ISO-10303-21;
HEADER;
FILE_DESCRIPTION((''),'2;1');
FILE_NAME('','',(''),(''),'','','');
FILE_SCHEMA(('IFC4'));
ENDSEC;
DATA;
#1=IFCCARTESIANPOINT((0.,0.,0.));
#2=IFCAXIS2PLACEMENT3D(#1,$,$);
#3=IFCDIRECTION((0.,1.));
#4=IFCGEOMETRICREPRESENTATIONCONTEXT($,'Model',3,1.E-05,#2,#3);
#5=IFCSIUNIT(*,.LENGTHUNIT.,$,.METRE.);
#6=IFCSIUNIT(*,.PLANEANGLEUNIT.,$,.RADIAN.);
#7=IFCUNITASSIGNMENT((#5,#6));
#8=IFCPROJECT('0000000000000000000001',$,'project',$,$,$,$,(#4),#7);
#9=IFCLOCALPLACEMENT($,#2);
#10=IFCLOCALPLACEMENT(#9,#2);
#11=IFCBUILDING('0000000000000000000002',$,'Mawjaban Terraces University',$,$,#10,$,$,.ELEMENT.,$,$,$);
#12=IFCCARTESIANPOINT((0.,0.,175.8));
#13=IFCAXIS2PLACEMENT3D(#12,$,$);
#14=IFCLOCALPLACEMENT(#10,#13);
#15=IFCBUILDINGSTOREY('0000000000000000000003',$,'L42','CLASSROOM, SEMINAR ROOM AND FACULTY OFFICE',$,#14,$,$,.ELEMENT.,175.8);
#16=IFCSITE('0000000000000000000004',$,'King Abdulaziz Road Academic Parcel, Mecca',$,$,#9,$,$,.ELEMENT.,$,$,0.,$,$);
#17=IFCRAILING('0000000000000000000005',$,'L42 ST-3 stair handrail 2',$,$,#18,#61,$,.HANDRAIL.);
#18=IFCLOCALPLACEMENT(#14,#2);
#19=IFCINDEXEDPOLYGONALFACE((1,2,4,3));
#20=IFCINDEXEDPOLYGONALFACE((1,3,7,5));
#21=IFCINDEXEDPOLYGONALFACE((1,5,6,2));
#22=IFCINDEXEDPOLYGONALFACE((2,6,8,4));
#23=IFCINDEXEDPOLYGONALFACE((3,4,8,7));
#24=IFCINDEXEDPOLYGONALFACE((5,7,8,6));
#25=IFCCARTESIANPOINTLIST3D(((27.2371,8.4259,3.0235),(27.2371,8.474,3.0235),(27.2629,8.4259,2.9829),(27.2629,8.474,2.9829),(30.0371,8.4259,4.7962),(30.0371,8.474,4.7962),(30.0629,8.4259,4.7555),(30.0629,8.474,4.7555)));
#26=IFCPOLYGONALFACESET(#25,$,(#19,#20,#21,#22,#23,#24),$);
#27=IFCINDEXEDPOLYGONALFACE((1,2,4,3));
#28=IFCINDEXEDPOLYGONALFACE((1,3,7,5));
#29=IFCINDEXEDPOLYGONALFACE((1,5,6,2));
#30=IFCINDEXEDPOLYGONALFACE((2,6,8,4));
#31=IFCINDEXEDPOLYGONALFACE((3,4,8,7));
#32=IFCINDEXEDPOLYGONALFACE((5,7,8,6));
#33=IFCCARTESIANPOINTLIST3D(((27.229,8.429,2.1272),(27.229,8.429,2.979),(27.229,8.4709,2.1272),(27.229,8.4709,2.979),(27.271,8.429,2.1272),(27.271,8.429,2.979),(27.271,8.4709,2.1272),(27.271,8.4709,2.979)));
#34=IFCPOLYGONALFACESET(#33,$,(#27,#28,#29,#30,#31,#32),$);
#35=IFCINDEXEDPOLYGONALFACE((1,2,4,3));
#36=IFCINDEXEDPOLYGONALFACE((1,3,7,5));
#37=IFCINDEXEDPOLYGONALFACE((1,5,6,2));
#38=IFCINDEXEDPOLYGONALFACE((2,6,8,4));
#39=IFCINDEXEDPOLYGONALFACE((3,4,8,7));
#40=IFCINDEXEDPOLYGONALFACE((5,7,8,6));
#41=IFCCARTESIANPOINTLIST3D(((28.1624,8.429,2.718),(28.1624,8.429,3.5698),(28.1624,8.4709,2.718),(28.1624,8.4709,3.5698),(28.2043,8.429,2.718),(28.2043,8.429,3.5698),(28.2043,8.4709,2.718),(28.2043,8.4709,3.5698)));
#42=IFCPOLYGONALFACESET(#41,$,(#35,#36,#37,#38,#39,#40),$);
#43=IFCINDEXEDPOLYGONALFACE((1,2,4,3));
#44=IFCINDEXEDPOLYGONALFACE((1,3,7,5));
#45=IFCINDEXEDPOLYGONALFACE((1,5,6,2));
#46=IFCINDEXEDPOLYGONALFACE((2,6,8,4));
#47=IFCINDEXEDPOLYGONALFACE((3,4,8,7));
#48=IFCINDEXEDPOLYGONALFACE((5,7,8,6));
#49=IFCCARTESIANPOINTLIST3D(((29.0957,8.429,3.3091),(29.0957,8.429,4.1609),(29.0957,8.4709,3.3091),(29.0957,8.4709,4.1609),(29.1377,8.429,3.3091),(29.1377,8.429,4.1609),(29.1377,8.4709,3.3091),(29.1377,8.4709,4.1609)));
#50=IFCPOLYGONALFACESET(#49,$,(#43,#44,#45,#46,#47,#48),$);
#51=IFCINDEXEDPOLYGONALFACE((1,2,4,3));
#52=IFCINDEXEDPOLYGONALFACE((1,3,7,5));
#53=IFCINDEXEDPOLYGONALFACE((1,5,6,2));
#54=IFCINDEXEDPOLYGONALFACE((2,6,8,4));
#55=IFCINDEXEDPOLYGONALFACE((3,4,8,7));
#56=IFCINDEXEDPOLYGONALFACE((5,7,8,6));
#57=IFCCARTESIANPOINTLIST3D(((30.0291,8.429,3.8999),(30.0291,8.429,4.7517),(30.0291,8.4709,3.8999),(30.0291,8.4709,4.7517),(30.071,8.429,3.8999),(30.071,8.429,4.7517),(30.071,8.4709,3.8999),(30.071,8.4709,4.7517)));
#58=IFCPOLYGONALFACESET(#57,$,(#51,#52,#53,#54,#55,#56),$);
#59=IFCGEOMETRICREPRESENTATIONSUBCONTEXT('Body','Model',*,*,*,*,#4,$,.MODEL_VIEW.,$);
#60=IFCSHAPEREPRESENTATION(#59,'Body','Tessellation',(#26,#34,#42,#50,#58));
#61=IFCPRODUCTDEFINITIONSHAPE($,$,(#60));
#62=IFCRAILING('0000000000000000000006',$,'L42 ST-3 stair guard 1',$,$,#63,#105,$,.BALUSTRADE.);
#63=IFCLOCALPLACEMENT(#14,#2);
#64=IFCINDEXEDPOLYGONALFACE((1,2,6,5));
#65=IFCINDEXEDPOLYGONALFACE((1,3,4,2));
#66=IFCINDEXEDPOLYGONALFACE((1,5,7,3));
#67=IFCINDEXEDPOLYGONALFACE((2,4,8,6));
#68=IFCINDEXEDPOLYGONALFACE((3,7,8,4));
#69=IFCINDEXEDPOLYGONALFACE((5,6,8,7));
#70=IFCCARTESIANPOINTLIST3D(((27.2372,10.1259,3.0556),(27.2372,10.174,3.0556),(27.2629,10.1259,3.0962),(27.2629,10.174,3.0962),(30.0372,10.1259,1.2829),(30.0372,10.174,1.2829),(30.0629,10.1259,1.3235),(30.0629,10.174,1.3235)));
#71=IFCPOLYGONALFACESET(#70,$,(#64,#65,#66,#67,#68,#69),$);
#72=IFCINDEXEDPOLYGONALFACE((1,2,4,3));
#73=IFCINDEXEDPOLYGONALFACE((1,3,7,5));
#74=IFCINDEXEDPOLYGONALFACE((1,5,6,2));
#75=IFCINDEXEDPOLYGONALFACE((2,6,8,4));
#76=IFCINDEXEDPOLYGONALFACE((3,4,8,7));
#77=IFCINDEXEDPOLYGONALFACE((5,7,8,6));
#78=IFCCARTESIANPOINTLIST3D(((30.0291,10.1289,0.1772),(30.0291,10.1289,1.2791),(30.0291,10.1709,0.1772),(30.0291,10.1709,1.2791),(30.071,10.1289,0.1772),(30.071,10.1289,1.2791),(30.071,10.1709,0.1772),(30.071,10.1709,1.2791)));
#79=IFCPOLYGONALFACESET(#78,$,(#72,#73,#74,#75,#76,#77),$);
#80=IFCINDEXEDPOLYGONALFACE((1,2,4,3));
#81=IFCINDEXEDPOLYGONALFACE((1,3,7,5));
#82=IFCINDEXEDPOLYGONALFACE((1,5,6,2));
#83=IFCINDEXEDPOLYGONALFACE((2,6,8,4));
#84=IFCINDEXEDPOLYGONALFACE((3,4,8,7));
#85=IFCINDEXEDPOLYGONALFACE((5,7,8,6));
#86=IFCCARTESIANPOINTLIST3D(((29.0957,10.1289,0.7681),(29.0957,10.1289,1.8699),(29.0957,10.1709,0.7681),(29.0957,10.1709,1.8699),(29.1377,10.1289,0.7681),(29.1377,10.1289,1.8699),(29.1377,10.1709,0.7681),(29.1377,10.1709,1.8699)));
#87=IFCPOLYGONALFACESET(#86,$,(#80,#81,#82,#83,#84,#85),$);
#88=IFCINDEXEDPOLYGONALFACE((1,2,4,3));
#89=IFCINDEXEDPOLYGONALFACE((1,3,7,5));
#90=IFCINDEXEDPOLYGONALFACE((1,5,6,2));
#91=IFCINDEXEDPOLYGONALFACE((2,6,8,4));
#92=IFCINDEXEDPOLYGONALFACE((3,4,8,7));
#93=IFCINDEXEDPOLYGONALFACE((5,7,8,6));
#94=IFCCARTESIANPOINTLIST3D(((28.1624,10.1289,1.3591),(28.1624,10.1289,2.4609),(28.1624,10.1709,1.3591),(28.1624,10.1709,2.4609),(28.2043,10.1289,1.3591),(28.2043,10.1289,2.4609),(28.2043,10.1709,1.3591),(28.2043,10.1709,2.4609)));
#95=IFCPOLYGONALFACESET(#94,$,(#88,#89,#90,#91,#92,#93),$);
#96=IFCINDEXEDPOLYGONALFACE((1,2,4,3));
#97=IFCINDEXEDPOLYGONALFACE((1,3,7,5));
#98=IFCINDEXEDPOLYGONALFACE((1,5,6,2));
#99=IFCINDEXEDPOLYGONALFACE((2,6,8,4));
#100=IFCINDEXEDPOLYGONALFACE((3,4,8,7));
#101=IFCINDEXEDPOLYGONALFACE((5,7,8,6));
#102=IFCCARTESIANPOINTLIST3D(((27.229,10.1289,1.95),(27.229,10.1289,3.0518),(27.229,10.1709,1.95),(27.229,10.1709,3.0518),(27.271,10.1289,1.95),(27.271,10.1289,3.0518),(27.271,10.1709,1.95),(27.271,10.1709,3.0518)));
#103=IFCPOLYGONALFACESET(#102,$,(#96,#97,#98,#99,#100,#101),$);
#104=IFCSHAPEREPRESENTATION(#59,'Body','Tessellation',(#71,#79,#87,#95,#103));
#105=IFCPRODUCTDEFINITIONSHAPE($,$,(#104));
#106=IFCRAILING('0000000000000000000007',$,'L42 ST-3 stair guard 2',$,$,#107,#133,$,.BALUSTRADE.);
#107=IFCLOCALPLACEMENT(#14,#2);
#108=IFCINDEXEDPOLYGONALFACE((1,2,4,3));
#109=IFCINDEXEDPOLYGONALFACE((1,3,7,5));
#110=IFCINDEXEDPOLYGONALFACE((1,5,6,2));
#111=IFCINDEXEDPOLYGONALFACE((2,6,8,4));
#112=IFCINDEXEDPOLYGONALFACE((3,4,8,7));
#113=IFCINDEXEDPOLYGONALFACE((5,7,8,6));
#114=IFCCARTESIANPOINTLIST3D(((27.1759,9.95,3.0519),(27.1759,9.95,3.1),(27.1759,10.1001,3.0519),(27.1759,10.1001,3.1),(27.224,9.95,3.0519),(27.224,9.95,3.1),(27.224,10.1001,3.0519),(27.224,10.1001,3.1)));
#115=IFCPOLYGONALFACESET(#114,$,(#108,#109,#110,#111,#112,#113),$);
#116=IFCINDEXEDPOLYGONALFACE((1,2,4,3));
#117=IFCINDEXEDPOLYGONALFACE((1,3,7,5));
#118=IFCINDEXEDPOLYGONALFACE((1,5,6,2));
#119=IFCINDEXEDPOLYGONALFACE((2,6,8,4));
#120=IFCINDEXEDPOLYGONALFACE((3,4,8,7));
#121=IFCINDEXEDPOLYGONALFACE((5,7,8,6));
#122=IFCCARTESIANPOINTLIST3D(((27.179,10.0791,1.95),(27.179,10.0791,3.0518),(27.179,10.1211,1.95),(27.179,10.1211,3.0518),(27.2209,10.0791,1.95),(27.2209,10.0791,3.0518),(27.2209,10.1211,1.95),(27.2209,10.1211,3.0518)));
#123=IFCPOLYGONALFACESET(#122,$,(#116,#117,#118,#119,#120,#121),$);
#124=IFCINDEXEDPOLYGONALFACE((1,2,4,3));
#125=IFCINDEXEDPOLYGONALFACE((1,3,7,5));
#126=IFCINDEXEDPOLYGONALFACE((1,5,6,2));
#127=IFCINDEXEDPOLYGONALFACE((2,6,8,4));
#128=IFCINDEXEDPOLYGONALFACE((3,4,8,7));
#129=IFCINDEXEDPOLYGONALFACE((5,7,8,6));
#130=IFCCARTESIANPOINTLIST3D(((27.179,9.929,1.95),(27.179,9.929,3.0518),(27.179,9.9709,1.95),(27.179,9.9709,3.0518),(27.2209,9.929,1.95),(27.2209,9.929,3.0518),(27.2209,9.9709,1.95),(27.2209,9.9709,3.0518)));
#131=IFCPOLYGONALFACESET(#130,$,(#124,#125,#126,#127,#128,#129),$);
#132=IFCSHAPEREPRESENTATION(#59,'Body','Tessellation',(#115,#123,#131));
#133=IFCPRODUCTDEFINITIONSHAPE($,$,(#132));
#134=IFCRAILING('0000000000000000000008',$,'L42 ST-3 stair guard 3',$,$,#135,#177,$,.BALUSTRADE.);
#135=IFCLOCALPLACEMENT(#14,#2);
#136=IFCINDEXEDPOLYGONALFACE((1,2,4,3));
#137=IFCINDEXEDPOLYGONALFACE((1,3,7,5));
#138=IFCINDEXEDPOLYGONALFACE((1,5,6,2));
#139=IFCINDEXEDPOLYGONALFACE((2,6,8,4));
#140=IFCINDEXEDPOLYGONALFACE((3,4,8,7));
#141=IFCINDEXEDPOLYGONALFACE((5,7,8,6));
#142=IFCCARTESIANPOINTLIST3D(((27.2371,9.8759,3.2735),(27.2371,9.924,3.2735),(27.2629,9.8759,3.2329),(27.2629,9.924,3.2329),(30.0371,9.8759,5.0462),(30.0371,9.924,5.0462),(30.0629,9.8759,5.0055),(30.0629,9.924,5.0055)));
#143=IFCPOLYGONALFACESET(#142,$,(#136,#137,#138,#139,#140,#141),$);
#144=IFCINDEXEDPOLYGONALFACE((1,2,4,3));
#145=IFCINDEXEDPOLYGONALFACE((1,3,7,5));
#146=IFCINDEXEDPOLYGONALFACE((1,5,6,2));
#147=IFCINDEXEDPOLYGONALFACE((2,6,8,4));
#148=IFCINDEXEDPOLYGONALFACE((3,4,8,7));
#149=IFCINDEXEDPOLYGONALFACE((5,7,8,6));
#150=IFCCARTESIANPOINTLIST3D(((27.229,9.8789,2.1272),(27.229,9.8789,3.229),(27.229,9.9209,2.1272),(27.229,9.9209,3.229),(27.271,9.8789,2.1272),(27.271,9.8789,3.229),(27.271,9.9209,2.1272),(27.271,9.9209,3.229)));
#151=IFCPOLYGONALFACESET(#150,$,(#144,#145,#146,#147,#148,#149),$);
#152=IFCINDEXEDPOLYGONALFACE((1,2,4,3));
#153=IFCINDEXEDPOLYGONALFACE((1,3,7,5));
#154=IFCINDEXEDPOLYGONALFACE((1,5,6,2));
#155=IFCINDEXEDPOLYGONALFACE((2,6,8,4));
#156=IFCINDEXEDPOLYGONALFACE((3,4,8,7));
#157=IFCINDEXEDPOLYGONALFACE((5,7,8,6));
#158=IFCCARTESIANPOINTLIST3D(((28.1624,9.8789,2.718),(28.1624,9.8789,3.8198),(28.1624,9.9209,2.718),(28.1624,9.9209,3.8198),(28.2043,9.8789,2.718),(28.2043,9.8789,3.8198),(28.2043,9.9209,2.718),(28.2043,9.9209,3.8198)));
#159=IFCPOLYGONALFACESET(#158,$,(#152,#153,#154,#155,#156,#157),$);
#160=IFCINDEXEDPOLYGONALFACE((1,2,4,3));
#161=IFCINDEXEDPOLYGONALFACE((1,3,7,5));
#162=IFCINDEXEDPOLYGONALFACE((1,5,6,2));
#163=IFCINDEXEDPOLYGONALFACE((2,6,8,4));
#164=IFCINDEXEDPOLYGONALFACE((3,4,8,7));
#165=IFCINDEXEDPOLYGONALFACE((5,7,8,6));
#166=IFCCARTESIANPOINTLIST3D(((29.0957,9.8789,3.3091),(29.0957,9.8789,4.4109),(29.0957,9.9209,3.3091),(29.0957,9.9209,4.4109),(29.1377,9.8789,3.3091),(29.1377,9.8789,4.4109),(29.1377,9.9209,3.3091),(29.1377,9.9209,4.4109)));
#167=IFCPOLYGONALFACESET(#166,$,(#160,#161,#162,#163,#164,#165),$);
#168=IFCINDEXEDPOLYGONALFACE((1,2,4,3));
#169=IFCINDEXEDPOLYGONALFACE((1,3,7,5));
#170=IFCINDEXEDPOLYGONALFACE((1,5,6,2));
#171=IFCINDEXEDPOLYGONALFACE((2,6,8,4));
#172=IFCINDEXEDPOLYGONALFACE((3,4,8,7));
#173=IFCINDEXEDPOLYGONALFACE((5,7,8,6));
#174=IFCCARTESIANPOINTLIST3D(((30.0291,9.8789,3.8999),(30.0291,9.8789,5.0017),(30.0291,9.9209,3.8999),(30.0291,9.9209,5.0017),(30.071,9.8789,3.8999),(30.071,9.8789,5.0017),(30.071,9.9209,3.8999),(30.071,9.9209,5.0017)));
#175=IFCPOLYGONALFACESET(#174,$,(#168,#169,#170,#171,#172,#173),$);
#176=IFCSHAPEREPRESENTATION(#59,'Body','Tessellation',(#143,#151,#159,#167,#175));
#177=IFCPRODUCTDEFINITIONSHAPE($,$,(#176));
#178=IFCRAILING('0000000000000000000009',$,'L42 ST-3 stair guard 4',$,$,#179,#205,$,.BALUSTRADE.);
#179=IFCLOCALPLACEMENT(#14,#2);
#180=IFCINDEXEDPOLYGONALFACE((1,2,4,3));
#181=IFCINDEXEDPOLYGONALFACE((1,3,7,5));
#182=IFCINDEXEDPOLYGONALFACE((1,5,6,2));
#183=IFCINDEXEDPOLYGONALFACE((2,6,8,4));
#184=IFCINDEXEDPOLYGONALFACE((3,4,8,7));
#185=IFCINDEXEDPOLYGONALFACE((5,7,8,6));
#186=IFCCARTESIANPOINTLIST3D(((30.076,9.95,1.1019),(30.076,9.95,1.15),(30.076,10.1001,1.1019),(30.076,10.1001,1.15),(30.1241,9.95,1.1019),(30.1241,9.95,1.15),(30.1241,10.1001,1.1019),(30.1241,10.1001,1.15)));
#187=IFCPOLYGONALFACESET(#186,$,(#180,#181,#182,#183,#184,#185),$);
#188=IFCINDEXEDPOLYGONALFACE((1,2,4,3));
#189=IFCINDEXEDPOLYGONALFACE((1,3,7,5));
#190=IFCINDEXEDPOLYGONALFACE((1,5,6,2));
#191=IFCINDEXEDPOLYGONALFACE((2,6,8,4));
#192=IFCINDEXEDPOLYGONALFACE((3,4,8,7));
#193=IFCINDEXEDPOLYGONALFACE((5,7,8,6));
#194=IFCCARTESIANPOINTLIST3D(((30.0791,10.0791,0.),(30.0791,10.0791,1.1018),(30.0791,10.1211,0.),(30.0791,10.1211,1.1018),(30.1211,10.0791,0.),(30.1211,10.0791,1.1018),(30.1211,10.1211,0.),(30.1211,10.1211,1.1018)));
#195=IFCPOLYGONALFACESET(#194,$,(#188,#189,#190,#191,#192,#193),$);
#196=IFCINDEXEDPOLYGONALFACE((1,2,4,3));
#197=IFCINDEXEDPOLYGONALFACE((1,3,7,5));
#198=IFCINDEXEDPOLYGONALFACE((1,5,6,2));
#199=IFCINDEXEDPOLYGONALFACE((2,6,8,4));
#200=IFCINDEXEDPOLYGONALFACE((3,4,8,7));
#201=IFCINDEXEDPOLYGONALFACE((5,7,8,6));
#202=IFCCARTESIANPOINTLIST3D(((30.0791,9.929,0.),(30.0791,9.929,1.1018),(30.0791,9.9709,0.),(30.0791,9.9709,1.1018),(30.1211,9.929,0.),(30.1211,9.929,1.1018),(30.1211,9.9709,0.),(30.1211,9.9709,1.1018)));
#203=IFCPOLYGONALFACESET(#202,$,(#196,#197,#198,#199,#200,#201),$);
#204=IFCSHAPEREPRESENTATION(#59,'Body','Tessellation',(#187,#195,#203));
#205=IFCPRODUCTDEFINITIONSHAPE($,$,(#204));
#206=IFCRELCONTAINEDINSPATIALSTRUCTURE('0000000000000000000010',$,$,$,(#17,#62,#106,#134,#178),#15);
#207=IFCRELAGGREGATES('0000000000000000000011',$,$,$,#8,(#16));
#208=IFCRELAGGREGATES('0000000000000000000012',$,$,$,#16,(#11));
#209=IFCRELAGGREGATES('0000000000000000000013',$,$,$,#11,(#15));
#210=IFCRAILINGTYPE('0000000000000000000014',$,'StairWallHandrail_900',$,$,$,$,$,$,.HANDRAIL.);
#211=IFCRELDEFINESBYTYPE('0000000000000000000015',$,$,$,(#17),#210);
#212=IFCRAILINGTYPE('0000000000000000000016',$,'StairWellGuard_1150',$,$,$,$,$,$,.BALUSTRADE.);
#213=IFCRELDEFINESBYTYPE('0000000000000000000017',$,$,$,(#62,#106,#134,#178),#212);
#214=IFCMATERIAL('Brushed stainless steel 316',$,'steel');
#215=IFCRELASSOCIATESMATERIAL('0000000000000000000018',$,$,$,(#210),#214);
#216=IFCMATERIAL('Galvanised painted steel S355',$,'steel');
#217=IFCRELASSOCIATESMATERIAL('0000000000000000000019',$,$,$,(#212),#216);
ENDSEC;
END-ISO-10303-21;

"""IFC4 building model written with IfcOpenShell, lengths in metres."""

from ifc_helpers import new_model, si_unit, direction, frame, origin, origin_2d, place, context, subcontext, project, spatial, rectangle, extrude, material, type_object, element, save


model = new_model("IFC4")

# Units and contexts
model_context = context("Model", 3, precision=1e-05, world=origin(), true_north=direction((0.0, 1.0)))
body_context = subcontext(model_context, "Body", "Model", "MODEL_VIEW")
ifc_project = project(units=[si_unit("LENGTHUNIT", "METRE"), si_unit("PLANEANGLEUNIT", "RADIAN")], contexts=[model_context])

# Site, building, storey
site_placement = place(None, origin())
site = spatial("IfcSite", under=ifc_project, at=site_placement, Name="King Abdulaziz Road Academic Parcel, Mecca", CompositionType="ELEMENT", RefElevation=0.0)
building_placement = place(site_placement, origin())
building = spatial("IfcBuilding", under=site, at=building_placement, Name="Mawjaban Terraces University", CompositionType="ELEMENT")
storey_placement = place(building_placement, frame((0.0, 0.0, 175.8)))
storey = spatial("IfcBuildingStorey", under=building, at=storey_placement, Name="L42", Description="CLASSROOM, SEMINAR ROOM AND FACULTY OFFICE", CompositionType="ELEMENT", Elevation=175.8)

# Railings
ifc_material_1 = material(Name="Brushed stainless steel 316", Category="steel")
railing_type_1 = type_object("IfcRailingType", Name="StairWallHandrail_900", PredefinedType="HANDRAIL", material=ifc_material_1)
railing_1_placement = place(storey_placement, frame((27.25, 8.45, 2.1272)))
element("IfcRailing", 1, at=railing_1_placement, inside=storey, type_object=railing_type_1, Name="L42 ST-3 stair handrail 2", PredefinedType="HANDRAIL", context=body_context, shape_type="SweptSolid", body=[
    extrude(rectangle(XDim=0.0481, YDim=0.0481, at=origin_2d()), frame((0.0, 0.0, 0.876), z_axis=(0.844909, 0.0, 0.53491), x_axis=(0.0, 1.0, 0.0)), (0.0, 0.0, 1.0), 3.314),
    extrude(rectangle(XDim=0.042, YDim=0.042, at=origin_2d()), origin(), (0.0, 0.0, 1.0), 0.8518),
    extrude(rectangle(XDim=0.042, YDim=0.042, at=origin_2d()), frame((0.9333, 0.0, 0.5908)), (0.0, 0.0, 1.0), 0.8518),
    extrude(rectangle(XDim=0.042, YDim=0.042, at=origin_2d()), frame((1.8667, 0.0, 1.1819)), (0.0, 0.0, 1.0), 0.8518),
    extrude(rectangle(XDim=0.042, YDim=0.042, at=origin_2d()), frame((2.8, 0.0, 1.7727)), (0.0, 0.0, 1.0), 0.8518),
])
ifc_material_2 = material(Name="Galvanised painted steel S355", Category="steel")
railing_type_2 = type_object("IfcRailingType", Name="StairWellGuard_1150", PredefinedType="BALUSTRADE", material=ifc_material_2)
railing_2_placement = place(storey_placement, frame((30.05, 10.1499, 0.1772)))
element("IfcRailing", 2, at=railing_2_placement, inside=storey, type_object=railing_type_2, Name="L42 ST-3 stair guard 1", PredefinedType="BALUSTRADE", context=body_context, shape_type="SweptSolid", body=[
    extrude(rectangle(XDim=0.0481, YDim=0.0481, at=origin_2d()), frame((0.0, 0.0, 1.126), z_axis=(-0.844909, 0.0, 0.53491), x_axis=(0.0, -1.0, 0.0)), (0.0, 0.0, 1.0), 3.314),
    extrude(rectangle(XDim=0.042, YDim=0.042, at=origin_2d()), origin(), (0.0, 0.0, 1.0), 1.1018),
    extrude(rectangle(XDim=0.042, YDim=0.042, at=origin_2d()), frame((-0.9333, 0.0, 0.5908)), (0.0, 0.0, 1.0), 1.1018),
    extrude(rectangle(XDim=0.042, YDim=0.042, at=origin_2d()), frame((-1.8667, 0.0, 1.1819)), (0.0, 0.0, 1.0), 1.1018),
    extrude(rectangle(XDim=0.042, YDim=0.042, at=origin_2d()), frame((-2.8, 0.0, 1.7727)), (0.0, 0.0, 1.0), 1.1018),
])
railing_3_placement = place(storey_placement, frame((27.2, 10.1001, 1.95)))
element("IfcRailing", 3, at=railing_3_placement, inside=storey, type_object=railing_type_2, Name="L42 ST-3 stair guard 2", PredefinedType="BALUSTRADE", context=body_context, shape_type="SweptSolid", body=[
    extrude(rectangle(XDim=0.0481, YDim=0.0481, at=origin_2d()), frame((0.0, 0.0, 1.126), z_axis=(0.0, -1.0, 0.0), x_axis=(1.0, 0.0, 0.0)), (0.0, 0.0, 1.0), 0.1501),
    extrude(rectangle(XDim=0.042, YDim=0.042, at=origin_2d()), origin(), (0.0, 0.0, 1.0), 1.1018),
    extrude(rectangle(XDim=0.042, YDim=0.042, at=origin_2d()), frame((0.0, -0.1501, 0.0)), (0.0, 0.0, 1.0), 1.1018),
])
railing_4_placement = place(storey_placement, frame((27.25, 9.8999, 2.1272)))
element("IfcRailing", 4, at=railing_4_placement, inside=storey, type_object=railing_type_2, Name="L42 ST-3 stair guard 3", PredefinedType="BALUSTRADE", context=body_context, shape_type="SweptSolid", body=[
    extrude(rectangle(XDim=0.0481, YDim=0.0481, at=origin_2d()), frame((0.0, 0.0, 1.126), z_axis=(0.844909, 0.0, 0.53491), x_axis=(0.0, 1.0, 0.0)), (0.0, 0.0, 1.0), 3.314),
    extrude(rectangle(XDim=0.042, YDim=0.042, at=origin_2d()), origin(), (0.0, 0.0, 1.0), 1.1018),
    extrude(rectangle(XDim=0.042, YDim=0.042, at=origin_2d()), frame((0.9333, 0.0, 0.5908)), (0.0, 0.0, 1.0), 1.1018),
    extrude(rectangle(XDim=0.042, YDim=0.042, at=origin_2d()), frame((1.8667, 0.0, 1.1819)), (0.0, 0.0, 1.0), 1.1018),
    extrude(rectangle(XDim=0.042, YDim=0.042, at=origin_2d()), frame((2.8, 0.0, 1.7727)), (0.0, 0.0, 1.0), 1.1018),
])
railing_5_placement = place(storey_placement, frame((30.1001, 10.1001, 0.0)))
element("IfcRailing", 5, at=railing_5_placement, inside=storey, type_object=railing_type_2, Name="L42 ST-3 stair guard 4", PredefinedType="BALUSTRADE", context=body_context, shape_type="SweptSolid", body=[
    extrude(rectangle(XDim=0.0481, YDim=0.0481, at=origin_2d()), frame((0.0, 0.0, 1.126), z_axis=(0.0, -1.0, 0.0), x_axis=(1.0, 0.0, 0.0)), (0.0, 0.0, 1.0), 0.1501),
    extrude(rectangle(XDim=0.042, YDim=0.042, at=origin_2d()), origin(), (0.0, 0.0, 1.0), 1.1018),
    extrude(rectangle(XDim=0.042, YDim=0.042, at=origin_2d()), frame((0.0, -0.1501, 0.0)), (0.0, 0.0, 1.0), 1.1018),
])

save(model, "model.ifc")
